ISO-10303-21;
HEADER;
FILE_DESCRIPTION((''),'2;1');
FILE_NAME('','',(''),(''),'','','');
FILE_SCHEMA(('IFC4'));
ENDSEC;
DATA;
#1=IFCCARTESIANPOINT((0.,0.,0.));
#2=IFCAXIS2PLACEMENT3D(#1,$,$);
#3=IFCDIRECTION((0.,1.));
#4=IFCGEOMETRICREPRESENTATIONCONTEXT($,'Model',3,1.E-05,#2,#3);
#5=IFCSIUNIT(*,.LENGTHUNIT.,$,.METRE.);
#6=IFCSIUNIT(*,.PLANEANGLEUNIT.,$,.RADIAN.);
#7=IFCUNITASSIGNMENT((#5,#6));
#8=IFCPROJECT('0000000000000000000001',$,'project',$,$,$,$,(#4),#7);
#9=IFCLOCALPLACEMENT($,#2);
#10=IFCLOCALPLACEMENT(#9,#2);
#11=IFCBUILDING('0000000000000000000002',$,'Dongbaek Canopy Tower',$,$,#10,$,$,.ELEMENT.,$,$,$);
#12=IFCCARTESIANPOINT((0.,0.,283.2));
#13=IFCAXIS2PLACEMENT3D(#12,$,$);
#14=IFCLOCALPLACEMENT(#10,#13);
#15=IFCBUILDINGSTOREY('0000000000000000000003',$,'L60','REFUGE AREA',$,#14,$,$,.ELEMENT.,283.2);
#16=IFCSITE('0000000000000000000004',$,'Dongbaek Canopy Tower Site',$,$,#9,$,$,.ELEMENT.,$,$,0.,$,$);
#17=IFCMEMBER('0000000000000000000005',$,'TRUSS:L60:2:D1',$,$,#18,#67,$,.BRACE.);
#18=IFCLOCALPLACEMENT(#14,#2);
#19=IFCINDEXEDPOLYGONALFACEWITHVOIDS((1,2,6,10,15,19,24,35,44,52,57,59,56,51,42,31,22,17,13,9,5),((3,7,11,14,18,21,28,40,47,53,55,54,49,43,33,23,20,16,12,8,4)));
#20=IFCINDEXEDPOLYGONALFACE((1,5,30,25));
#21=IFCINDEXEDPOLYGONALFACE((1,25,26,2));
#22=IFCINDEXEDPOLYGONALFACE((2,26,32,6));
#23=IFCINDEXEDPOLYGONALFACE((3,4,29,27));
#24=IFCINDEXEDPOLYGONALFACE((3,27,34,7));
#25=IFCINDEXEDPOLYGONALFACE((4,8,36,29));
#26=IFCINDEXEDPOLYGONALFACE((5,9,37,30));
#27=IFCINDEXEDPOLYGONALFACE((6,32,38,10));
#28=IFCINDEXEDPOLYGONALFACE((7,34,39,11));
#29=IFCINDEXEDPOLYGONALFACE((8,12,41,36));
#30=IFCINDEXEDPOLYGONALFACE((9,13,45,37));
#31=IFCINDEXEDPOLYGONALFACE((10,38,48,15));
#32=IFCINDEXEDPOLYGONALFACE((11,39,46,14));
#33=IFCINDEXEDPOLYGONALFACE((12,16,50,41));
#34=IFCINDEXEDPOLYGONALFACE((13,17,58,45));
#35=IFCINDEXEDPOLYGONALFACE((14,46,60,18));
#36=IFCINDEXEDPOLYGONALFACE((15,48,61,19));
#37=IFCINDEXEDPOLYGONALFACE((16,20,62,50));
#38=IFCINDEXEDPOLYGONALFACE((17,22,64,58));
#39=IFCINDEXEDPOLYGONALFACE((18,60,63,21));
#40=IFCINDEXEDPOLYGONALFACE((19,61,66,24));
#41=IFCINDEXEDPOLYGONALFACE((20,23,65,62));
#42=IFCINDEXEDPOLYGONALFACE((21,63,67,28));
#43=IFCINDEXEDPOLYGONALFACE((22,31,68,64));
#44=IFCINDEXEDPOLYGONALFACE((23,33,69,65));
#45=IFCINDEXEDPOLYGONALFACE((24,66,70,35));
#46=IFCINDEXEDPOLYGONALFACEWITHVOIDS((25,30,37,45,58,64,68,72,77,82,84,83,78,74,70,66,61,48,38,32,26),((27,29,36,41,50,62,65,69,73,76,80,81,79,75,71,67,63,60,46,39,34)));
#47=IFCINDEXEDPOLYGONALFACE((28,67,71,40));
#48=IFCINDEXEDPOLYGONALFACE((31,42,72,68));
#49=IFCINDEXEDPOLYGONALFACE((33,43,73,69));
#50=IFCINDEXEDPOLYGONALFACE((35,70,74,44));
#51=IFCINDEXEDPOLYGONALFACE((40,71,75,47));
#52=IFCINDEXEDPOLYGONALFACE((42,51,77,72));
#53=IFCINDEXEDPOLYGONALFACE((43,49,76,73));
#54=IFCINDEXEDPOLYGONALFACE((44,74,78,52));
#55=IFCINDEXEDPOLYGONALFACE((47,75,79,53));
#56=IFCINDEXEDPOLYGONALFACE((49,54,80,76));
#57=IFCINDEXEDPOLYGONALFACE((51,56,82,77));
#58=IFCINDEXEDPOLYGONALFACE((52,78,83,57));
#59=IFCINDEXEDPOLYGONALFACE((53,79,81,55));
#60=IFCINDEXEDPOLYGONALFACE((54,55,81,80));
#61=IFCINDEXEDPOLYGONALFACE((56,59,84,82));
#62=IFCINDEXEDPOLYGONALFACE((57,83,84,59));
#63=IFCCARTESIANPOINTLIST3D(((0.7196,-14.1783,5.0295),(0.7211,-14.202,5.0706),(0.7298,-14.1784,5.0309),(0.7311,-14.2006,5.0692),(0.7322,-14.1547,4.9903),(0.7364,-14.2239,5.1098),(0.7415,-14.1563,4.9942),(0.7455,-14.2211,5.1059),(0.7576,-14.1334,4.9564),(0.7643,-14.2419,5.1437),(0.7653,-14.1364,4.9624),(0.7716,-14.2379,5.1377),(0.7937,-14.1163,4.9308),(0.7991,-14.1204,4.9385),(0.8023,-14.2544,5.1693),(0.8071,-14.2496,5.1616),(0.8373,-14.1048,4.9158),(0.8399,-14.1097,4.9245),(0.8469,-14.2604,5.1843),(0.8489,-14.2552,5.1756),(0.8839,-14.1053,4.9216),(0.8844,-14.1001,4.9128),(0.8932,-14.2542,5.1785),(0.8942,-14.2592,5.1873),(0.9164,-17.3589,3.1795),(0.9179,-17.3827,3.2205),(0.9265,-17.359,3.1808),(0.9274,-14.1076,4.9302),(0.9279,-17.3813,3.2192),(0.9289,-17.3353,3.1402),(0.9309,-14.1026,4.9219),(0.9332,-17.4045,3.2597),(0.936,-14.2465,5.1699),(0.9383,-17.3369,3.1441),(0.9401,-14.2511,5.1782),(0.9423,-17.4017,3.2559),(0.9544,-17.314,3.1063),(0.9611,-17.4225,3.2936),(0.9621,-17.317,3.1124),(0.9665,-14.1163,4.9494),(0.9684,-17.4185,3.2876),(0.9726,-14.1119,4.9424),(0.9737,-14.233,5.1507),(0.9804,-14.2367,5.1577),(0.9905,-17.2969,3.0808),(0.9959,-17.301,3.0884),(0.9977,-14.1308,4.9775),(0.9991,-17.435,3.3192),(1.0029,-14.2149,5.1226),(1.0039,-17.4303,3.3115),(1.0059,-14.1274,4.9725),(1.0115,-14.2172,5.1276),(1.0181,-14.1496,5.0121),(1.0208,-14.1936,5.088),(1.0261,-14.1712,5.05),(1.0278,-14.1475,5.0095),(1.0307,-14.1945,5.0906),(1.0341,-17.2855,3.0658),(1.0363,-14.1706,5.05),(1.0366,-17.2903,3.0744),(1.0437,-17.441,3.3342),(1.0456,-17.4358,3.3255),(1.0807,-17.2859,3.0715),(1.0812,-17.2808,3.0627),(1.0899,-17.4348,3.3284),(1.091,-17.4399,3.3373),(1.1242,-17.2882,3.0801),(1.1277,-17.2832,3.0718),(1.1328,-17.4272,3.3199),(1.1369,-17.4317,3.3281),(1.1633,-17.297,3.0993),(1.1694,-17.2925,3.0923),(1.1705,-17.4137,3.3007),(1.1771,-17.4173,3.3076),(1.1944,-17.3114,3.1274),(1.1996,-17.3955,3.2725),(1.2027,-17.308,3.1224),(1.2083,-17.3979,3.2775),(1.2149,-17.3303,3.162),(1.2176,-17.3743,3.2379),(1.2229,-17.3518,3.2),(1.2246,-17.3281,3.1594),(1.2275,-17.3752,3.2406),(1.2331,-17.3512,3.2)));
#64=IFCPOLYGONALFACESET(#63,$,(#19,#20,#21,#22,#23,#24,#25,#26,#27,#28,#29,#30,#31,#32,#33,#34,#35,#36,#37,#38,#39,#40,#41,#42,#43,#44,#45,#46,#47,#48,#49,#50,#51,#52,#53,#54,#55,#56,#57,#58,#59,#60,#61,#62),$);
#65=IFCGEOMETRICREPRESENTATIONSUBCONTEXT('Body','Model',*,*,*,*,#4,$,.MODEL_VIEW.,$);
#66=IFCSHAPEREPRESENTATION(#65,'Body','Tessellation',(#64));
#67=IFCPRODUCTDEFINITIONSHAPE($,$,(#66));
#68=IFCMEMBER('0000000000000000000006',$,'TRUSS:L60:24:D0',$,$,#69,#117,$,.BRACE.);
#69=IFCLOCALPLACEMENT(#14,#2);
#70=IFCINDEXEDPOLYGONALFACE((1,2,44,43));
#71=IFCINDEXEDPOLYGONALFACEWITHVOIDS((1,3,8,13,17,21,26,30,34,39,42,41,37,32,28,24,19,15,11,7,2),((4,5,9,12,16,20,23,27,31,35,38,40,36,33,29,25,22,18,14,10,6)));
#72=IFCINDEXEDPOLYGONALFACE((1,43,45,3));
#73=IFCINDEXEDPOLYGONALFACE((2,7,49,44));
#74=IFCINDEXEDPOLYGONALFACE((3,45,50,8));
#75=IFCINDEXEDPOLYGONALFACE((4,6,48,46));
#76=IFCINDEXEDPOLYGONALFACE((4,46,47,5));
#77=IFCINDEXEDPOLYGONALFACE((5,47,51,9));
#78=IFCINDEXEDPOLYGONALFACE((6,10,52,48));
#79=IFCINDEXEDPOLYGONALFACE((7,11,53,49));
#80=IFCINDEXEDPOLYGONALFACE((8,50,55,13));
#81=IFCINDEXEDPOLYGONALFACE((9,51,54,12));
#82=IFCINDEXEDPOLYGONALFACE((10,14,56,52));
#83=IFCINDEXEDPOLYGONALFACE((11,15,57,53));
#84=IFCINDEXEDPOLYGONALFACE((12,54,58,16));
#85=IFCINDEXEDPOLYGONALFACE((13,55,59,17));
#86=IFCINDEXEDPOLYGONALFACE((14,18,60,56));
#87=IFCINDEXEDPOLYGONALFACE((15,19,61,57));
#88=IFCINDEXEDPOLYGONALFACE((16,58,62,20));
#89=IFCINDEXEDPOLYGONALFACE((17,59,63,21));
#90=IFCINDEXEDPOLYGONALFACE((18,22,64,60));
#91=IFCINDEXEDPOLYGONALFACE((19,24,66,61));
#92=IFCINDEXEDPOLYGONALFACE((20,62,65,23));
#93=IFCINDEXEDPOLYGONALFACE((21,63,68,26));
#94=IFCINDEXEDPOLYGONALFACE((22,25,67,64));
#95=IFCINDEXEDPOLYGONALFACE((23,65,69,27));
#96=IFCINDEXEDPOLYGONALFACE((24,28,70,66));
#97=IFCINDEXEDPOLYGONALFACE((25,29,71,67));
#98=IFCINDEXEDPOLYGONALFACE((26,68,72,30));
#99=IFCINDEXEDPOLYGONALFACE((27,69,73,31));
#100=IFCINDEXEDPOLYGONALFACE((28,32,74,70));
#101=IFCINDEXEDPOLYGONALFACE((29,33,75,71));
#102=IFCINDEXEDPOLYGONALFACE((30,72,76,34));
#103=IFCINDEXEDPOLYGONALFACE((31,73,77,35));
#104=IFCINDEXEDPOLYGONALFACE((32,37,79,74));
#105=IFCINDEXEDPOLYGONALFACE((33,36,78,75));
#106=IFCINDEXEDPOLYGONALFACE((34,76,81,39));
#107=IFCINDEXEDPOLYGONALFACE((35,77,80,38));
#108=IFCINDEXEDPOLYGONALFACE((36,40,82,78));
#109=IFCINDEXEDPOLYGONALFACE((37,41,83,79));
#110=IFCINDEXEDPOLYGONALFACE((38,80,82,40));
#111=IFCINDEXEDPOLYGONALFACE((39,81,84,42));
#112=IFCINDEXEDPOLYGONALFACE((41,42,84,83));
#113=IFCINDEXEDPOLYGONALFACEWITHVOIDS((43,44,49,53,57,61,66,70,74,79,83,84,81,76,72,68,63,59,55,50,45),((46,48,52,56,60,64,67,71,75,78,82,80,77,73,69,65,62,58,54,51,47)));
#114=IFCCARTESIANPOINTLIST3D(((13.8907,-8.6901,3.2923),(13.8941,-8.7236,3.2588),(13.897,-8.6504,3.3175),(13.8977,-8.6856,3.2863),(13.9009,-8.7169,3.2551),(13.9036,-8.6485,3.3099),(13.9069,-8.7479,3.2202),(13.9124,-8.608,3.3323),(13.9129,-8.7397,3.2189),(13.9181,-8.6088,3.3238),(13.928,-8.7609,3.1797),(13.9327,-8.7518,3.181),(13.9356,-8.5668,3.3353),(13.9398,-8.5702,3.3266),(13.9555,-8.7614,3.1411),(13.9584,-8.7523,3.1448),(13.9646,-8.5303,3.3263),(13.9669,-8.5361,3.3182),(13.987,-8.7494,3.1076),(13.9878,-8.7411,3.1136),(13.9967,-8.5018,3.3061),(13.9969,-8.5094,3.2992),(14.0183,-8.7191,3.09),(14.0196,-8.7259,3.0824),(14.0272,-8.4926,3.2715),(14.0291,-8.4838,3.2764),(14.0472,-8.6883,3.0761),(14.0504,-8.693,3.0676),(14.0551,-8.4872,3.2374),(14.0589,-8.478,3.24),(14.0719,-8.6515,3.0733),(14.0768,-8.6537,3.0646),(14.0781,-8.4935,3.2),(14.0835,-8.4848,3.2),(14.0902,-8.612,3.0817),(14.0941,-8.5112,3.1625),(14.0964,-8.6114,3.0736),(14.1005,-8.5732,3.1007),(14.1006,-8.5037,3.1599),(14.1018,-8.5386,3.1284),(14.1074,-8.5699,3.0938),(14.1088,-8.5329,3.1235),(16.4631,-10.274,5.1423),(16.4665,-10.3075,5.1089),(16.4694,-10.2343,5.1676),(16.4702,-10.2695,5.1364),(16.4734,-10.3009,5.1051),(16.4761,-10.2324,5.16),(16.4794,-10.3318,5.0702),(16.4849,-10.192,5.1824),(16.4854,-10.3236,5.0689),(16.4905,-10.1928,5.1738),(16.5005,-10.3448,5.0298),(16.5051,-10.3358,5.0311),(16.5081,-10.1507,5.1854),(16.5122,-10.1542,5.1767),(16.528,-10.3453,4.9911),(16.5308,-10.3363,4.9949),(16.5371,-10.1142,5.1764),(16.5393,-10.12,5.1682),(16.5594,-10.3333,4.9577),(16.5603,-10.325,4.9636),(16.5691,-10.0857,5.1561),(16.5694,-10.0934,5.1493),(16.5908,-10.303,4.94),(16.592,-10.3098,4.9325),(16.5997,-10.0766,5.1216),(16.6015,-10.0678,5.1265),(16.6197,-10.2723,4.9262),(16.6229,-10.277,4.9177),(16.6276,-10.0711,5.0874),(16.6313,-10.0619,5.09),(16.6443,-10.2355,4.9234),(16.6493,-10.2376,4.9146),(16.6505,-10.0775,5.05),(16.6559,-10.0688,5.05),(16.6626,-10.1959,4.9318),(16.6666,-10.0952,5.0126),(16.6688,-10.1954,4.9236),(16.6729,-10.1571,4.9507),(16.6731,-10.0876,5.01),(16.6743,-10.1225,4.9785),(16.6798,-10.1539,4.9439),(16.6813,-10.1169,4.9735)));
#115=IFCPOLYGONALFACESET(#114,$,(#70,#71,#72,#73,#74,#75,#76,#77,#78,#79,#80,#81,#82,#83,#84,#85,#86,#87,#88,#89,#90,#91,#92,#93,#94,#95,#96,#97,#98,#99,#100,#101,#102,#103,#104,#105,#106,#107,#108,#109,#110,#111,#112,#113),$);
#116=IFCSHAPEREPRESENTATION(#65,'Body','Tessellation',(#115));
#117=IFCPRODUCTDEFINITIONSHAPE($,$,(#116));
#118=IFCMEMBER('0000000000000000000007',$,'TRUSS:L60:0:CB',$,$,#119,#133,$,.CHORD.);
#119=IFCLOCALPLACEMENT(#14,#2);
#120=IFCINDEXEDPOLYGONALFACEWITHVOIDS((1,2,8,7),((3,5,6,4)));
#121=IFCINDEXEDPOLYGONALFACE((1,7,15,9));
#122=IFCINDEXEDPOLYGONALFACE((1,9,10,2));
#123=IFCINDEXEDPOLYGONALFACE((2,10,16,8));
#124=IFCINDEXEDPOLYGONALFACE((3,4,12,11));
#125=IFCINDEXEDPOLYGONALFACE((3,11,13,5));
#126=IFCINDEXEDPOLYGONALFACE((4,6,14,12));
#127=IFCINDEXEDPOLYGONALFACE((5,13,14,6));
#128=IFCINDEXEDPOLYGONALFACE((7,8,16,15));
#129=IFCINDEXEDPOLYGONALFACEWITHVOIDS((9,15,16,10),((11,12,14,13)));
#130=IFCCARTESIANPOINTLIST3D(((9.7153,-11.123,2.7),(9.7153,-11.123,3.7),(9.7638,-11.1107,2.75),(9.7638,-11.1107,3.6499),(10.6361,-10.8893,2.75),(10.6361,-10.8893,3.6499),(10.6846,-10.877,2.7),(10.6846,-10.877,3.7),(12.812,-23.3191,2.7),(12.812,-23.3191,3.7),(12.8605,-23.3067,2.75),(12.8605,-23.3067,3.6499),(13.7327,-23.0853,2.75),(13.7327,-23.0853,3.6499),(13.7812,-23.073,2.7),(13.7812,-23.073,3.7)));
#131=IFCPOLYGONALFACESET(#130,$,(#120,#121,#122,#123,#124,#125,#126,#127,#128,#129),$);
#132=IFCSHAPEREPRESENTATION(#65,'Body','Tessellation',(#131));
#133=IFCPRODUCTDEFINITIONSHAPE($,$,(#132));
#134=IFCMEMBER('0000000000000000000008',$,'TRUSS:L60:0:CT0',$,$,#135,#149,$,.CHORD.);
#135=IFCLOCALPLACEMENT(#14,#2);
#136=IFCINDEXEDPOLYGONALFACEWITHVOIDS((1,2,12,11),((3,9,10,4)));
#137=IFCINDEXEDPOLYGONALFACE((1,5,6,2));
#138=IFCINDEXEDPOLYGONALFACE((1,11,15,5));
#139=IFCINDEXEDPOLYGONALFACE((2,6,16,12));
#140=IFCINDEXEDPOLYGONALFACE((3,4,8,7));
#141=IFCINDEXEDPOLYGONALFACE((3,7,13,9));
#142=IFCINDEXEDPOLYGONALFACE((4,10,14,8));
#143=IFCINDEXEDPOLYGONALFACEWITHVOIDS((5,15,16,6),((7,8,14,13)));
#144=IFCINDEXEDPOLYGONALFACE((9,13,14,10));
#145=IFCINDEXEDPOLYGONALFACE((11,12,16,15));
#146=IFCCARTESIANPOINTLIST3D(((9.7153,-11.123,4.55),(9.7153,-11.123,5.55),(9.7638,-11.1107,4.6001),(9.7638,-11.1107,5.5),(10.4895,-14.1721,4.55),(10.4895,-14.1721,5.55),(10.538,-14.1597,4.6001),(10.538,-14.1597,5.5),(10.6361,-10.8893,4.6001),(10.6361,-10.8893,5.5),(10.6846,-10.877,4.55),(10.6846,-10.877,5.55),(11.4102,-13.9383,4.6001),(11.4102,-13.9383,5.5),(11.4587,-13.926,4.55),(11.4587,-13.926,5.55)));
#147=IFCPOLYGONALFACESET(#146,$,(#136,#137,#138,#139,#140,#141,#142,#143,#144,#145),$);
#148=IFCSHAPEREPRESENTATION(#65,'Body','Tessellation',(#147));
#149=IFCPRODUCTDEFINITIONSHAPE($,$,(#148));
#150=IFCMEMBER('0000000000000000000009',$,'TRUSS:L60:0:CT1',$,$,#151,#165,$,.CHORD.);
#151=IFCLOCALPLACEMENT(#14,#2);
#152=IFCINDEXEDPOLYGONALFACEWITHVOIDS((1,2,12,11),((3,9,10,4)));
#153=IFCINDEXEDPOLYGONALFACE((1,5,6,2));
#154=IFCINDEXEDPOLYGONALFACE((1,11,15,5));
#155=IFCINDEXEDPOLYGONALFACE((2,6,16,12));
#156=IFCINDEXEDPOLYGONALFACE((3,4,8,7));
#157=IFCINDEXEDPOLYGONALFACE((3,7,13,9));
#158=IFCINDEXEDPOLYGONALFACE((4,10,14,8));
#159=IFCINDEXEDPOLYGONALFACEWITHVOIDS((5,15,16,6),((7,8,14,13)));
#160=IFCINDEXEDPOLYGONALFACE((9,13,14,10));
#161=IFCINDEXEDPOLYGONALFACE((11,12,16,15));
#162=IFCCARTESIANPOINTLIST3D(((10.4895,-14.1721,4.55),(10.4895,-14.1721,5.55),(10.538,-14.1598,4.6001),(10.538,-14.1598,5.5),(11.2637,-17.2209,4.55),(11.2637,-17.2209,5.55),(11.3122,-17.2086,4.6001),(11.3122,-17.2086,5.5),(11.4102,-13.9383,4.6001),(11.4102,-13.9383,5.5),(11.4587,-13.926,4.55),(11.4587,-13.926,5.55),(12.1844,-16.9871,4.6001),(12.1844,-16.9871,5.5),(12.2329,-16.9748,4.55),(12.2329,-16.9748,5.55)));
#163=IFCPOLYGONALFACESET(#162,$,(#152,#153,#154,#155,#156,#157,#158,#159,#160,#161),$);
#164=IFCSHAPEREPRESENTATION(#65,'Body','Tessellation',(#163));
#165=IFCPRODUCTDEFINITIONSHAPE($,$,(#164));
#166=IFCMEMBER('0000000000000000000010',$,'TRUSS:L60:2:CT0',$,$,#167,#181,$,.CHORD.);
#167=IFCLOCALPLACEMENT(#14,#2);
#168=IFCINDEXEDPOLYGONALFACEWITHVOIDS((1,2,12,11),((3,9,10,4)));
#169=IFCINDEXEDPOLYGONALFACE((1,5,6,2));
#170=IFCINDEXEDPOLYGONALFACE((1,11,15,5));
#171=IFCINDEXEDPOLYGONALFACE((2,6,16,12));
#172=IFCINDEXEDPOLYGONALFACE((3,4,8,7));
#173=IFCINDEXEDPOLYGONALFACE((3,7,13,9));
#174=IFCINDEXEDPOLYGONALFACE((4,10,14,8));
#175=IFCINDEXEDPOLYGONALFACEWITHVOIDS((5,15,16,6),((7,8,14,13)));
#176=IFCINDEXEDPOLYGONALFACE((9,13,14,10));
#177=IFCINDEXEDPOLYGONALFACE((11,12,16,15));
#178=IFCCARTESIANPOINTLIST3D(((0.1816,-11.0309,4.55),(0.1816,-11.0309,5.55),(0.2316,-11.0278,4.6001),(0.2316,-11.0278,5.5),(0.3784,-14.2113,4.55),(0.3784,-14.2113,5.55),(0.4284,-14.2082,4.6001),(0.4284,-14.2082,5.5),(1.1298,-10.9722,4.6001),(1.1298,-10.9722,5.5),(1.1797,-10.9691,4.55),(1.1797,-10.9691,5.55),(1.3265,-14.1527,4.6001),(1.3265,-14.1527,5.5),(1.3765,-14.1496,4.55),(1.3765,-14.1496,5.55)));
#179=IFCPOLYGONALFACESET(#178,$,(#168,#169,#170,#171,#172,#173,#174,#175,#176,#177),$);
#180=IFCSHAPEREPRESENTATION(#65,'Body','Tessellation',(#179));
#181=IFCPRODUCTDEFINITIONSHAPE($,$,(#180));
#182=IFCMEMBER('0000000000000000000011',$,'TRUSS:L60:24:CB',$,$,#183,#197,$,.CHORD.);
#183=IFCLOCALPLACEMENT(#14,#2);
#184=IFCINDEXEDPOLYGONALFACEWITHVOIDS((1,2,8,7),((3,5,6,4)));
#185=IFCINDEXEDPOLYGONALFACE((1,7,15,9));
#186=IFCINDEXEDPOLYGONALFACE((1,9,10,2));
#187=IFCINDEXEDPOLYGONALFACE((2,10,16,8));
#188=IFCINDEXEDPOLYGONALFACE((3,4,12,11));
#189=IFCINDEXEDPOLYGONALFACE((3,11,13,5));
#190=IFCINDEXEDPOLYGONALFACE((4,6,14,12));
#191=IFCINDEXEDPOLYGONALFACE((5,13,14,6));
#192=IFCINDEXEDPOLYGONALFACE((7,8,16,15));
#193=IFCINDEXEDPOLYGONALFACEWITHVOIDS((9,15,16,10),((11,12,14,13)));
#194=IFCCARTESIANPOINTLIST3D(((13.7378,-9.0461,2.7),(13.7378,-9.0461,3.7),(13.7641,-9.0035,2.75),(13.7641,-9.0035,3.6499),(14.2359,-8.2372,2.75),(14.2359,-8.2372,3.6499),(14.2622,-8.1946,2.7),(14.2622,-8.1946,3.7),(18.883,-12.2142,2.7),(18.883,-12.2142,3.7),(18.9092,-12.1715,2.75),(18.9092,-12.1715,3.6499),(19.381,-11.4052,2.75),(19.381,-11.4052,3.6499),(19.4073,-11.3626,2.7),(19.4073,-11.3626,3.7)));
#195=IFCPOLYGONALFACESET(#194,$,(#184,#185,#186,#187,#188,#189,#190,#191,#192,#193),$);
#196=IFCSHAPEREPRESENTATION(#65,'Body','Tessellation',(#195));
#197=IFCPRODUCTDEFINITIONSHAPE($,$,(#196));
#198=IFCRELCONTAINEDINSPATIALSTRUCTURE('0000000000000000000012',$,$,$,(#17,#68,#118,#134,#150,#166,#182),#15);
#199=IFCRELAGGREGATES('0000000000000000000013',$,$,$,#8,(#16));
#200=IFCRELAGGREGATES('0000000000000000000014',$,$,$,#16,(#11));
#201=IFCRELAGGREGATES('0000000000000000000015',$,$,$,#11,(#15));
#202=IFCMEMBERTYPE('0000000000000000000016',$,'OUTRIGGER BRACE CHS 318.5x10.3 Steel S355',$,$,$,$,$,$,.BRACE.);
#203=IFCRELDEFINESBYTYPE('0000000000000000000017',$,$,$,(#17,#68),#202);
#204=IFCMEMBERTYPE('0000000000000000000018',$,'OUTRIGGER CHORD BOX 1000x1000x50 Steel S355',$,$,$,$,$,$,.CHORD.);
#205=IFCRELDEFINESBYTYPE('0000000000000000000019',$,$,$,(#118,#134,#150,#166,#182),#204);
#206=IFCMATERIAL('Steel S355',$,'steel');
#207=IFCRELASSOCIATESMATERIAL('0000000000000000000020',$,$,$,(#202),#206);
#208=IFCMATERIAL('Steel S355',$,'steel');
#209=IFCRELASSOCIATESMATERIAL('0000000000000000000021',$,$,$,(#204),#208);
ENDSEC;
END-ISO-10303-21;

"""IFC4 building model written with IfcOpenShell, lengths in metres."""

from ifc_helpers import new_model, si_unit, direction, frame, origin, origin_2d, place, context, subcontext, project, spatial, hollow_rectangle, hollow_circle, extrude, material, material_profile, profile_set, type_object, element, save


model = new_model("IFC4")

# Units and contexts
model_context = context("Model", 3, precision=1e-05, world=origin(), true_north=direction((0.0, 1.0)))
body_context = subcontext(model_context, "Body", "Model", "MODEL_VIEW")
ifc_project = project(units=[si_unit("LENGTHUNIT", "METRE"), si_unit("PLANEANGLEUNIT", "RADIAN")], contexts=[model_context])

# Site, building, storey
site_placement = place(None, origin())
site = spatial("IfcSite", under=ifc_project, at=site_placement, Name="Dongbaek Canopy Tower Site", CompositionType="ELEMENT", RefElevation=0.0)
building_placement = place(site_placement, origin())
building = spatial("IfcBuilding", under=site, at=building_placement, Name="Dongbaek Canopy Tower", CompositionType="ELEMENT")
storey_placement = place(building_placement, frame((0.0, 0.0, 283.2)))
storey = spatial("IfcBuildingStorey", under=building, at=storey_placement, Name="L60", Description="REFUGE AREA", CompositionType="ELEMENT", Elevation=283.2)

# Members
ifc_material_1 = material(Name="Steel S355", Category="steel")
ifc_material_profile_1 = material_profile(ifc_material_1, hollow_circle(Radius=0.1592, WallThickness=0.0103, at=origin_2d()), Name="OUTRIGGER BRACE CHS 318.5x10.3 Steel S355")
ifc_profile_set_1 = profile_set([ifc_material_profile_1], Name="Steel S355")
member_type_1 = type_object("IfcMemberType", Name="OUTRIGGER BRACE CHS 318.5x10.3 Steel S355", PredefinedType="BRACE", material=ifc_profile_set_1)
member_1_placement = place(storey_placement, frame((0.8774, -14.1804, 5.05), z_axis=(0.053402, -0.863171, -0.502081), x_axis=(0.998092, 0.061749, 0.0)))
element("IfcMember", 1, at=member_1_placement, inside=storey, type_object=member_type_1, Name="TRUSS:L60:2:D1", PredefinedType="BRACE", context=body_context, shape_type="SweptSolid", body=[
    extrude(hollow_circle(Radius=0.1592, WallThickness=0.0103, at=origin_2d()), origin(), (0.0, 0.0, 1.0), 3.6848),
])
member_2_placement = place(storey_placement, frame((14.0, -8.6204, 3.2), z_axis=(0.726174, -0.447131, 0.52225), x_axis=(0.524314, 0.851525, 0.0)))
element("IfcMember", 2, at=member_2_placement, inside=storey, type_object=member_type_1, Name="TRUSS:L60:24:D0", PredefinedType="BRACE", context=body_context, shape_type="SweptSolid", body=[
    extrude(hollow_circle(Radius=0.1592, WallThickness=0.0103, at=origin_2d()), origin(), (0.0, 0.0, 1.0), 3.5425),
])
ifc_material_2 = material(Name="Steel S355", Category="steel")
ifc_material_profile_2 = material_profile(ifc_material_2, hollow_rectangle(XDim=1.0, YDim=1.0, WallThickness=0.05, at=origin_2d()), Name="OUTRIGGER CHORD BOX 1000x1000x50 Steel S355")
ifc_profile_set_2 = profile_set([ifc_material_profile_2], Name="Steel S355")
member_type_2 = type_object("IfcMemberType", Name="OUTRIGGER CHORD BOX 1000x1000x50 Steel S355", PredefinedType="CHORD", material=ifc_profile_set_2)
member_3_placement = place(storey_placement, frame((10.2, -11.0, 3.2), z_axis=(0.246099, -0.969245, 0.0), x_axis=(0.969245, 0.246099, 0.0)))
element("IfcMember", 3, at=member_3_placement, inside=storey, type_object=member_type_2, Name="TRUSS:L60:0:CB", PredefinedType="CHORD", context=body_context, shape_type="SweptSolid", body=[
    extrude(hollow_rectangle(XDim=1.0, YDim=1.0, WallThickness=0.05, at=origin_2d()), origin(), (0.0, 0.0, 1.0), 12.583),
])
member_4_placement = place(storey_placement, frame((10.2, -11.0, 5.05), z_axis=(0.246095, -0.969246, 0.0), x_axis=(0.969246, 0.246095, 0.0)))
element("IfcMember", 4, at=member_4_placement, inside=storey, type_object=member_type_2, Name="TRUSS:L60:0:CT0", PredefinedType="CHORD", context=body_context, shape_type="SweptSolid", body=[
    extrude(hollow_rectangle(XDim=1.0, YDim=1.0, WallThickness=0.05, at=origin_2d()), origin(), (0.0, 0.0, 1.0), 3.1458),
])
member_5_placement = place(storey_placement, frame((10.9741, -14.0491, 5.05), z_axis=(0.246113, -0.969241, 0.0), x_axis=(0.969241, 0.246113, 0.0)))
element("IfcMember", 5, at=member_5_placement, inside=storey, type_object=member_type_2, Name="TRUSS:L60:0:CT1", PredefinedType="CHORD", context=body_context, shape_type="SweptSolid", body=[
    extrude(hollow_rectangle(XDim=1.0, YDim=1.0, WallThickness=0.05, at=origin_2d()), origin(), (0.0, 0.0, 1.0), 3.1455),
])
member_6_placement = place(storey_placement, frame((0.6807, -11.0, 5.05), z_axis=(0.061753, -0.998091, 0.0), x_axis=(0.998091, 0.061753, 0.0)))
element("IfcMember", 6, at=member_6_placement, inside=storey, type_object=member_type_2, Name="TRUSS:L60:2:CT0", PredefinedType="CHORD", context=body_context, shape_type="SweptSolid", body=[
    extrude(hollow_rectangle(XDim=1.0, YDim=1.0, WallThickness=0.05, at=origin_2d()), origin(), (0.0, 0.0, 1.0), 3.1865),
])
member_7_placement = place(storey_placement, frame((14.0, -8.6204, 3.2), z_axis=(0.851525, -0.524314, 0.0), x_axis=(0.524314, 0.851525, 0.0)))
element("IfcMember", 7, at=member_7_placement, inside=storey, type_object=member_type_2, Name="TRUSS:L60:24:CB", PredefinedType="CHORD", context=body_context, shape_type="SweptSolid", body=[
    extrude(hollow_rectangle(XDim=1.0, YDim=1.0, WallThickness=0.05, at=origin_2d()), origin(), (0.0, 0.0, 1.0), 6.0422),
])

save(model, "model.ifc")
